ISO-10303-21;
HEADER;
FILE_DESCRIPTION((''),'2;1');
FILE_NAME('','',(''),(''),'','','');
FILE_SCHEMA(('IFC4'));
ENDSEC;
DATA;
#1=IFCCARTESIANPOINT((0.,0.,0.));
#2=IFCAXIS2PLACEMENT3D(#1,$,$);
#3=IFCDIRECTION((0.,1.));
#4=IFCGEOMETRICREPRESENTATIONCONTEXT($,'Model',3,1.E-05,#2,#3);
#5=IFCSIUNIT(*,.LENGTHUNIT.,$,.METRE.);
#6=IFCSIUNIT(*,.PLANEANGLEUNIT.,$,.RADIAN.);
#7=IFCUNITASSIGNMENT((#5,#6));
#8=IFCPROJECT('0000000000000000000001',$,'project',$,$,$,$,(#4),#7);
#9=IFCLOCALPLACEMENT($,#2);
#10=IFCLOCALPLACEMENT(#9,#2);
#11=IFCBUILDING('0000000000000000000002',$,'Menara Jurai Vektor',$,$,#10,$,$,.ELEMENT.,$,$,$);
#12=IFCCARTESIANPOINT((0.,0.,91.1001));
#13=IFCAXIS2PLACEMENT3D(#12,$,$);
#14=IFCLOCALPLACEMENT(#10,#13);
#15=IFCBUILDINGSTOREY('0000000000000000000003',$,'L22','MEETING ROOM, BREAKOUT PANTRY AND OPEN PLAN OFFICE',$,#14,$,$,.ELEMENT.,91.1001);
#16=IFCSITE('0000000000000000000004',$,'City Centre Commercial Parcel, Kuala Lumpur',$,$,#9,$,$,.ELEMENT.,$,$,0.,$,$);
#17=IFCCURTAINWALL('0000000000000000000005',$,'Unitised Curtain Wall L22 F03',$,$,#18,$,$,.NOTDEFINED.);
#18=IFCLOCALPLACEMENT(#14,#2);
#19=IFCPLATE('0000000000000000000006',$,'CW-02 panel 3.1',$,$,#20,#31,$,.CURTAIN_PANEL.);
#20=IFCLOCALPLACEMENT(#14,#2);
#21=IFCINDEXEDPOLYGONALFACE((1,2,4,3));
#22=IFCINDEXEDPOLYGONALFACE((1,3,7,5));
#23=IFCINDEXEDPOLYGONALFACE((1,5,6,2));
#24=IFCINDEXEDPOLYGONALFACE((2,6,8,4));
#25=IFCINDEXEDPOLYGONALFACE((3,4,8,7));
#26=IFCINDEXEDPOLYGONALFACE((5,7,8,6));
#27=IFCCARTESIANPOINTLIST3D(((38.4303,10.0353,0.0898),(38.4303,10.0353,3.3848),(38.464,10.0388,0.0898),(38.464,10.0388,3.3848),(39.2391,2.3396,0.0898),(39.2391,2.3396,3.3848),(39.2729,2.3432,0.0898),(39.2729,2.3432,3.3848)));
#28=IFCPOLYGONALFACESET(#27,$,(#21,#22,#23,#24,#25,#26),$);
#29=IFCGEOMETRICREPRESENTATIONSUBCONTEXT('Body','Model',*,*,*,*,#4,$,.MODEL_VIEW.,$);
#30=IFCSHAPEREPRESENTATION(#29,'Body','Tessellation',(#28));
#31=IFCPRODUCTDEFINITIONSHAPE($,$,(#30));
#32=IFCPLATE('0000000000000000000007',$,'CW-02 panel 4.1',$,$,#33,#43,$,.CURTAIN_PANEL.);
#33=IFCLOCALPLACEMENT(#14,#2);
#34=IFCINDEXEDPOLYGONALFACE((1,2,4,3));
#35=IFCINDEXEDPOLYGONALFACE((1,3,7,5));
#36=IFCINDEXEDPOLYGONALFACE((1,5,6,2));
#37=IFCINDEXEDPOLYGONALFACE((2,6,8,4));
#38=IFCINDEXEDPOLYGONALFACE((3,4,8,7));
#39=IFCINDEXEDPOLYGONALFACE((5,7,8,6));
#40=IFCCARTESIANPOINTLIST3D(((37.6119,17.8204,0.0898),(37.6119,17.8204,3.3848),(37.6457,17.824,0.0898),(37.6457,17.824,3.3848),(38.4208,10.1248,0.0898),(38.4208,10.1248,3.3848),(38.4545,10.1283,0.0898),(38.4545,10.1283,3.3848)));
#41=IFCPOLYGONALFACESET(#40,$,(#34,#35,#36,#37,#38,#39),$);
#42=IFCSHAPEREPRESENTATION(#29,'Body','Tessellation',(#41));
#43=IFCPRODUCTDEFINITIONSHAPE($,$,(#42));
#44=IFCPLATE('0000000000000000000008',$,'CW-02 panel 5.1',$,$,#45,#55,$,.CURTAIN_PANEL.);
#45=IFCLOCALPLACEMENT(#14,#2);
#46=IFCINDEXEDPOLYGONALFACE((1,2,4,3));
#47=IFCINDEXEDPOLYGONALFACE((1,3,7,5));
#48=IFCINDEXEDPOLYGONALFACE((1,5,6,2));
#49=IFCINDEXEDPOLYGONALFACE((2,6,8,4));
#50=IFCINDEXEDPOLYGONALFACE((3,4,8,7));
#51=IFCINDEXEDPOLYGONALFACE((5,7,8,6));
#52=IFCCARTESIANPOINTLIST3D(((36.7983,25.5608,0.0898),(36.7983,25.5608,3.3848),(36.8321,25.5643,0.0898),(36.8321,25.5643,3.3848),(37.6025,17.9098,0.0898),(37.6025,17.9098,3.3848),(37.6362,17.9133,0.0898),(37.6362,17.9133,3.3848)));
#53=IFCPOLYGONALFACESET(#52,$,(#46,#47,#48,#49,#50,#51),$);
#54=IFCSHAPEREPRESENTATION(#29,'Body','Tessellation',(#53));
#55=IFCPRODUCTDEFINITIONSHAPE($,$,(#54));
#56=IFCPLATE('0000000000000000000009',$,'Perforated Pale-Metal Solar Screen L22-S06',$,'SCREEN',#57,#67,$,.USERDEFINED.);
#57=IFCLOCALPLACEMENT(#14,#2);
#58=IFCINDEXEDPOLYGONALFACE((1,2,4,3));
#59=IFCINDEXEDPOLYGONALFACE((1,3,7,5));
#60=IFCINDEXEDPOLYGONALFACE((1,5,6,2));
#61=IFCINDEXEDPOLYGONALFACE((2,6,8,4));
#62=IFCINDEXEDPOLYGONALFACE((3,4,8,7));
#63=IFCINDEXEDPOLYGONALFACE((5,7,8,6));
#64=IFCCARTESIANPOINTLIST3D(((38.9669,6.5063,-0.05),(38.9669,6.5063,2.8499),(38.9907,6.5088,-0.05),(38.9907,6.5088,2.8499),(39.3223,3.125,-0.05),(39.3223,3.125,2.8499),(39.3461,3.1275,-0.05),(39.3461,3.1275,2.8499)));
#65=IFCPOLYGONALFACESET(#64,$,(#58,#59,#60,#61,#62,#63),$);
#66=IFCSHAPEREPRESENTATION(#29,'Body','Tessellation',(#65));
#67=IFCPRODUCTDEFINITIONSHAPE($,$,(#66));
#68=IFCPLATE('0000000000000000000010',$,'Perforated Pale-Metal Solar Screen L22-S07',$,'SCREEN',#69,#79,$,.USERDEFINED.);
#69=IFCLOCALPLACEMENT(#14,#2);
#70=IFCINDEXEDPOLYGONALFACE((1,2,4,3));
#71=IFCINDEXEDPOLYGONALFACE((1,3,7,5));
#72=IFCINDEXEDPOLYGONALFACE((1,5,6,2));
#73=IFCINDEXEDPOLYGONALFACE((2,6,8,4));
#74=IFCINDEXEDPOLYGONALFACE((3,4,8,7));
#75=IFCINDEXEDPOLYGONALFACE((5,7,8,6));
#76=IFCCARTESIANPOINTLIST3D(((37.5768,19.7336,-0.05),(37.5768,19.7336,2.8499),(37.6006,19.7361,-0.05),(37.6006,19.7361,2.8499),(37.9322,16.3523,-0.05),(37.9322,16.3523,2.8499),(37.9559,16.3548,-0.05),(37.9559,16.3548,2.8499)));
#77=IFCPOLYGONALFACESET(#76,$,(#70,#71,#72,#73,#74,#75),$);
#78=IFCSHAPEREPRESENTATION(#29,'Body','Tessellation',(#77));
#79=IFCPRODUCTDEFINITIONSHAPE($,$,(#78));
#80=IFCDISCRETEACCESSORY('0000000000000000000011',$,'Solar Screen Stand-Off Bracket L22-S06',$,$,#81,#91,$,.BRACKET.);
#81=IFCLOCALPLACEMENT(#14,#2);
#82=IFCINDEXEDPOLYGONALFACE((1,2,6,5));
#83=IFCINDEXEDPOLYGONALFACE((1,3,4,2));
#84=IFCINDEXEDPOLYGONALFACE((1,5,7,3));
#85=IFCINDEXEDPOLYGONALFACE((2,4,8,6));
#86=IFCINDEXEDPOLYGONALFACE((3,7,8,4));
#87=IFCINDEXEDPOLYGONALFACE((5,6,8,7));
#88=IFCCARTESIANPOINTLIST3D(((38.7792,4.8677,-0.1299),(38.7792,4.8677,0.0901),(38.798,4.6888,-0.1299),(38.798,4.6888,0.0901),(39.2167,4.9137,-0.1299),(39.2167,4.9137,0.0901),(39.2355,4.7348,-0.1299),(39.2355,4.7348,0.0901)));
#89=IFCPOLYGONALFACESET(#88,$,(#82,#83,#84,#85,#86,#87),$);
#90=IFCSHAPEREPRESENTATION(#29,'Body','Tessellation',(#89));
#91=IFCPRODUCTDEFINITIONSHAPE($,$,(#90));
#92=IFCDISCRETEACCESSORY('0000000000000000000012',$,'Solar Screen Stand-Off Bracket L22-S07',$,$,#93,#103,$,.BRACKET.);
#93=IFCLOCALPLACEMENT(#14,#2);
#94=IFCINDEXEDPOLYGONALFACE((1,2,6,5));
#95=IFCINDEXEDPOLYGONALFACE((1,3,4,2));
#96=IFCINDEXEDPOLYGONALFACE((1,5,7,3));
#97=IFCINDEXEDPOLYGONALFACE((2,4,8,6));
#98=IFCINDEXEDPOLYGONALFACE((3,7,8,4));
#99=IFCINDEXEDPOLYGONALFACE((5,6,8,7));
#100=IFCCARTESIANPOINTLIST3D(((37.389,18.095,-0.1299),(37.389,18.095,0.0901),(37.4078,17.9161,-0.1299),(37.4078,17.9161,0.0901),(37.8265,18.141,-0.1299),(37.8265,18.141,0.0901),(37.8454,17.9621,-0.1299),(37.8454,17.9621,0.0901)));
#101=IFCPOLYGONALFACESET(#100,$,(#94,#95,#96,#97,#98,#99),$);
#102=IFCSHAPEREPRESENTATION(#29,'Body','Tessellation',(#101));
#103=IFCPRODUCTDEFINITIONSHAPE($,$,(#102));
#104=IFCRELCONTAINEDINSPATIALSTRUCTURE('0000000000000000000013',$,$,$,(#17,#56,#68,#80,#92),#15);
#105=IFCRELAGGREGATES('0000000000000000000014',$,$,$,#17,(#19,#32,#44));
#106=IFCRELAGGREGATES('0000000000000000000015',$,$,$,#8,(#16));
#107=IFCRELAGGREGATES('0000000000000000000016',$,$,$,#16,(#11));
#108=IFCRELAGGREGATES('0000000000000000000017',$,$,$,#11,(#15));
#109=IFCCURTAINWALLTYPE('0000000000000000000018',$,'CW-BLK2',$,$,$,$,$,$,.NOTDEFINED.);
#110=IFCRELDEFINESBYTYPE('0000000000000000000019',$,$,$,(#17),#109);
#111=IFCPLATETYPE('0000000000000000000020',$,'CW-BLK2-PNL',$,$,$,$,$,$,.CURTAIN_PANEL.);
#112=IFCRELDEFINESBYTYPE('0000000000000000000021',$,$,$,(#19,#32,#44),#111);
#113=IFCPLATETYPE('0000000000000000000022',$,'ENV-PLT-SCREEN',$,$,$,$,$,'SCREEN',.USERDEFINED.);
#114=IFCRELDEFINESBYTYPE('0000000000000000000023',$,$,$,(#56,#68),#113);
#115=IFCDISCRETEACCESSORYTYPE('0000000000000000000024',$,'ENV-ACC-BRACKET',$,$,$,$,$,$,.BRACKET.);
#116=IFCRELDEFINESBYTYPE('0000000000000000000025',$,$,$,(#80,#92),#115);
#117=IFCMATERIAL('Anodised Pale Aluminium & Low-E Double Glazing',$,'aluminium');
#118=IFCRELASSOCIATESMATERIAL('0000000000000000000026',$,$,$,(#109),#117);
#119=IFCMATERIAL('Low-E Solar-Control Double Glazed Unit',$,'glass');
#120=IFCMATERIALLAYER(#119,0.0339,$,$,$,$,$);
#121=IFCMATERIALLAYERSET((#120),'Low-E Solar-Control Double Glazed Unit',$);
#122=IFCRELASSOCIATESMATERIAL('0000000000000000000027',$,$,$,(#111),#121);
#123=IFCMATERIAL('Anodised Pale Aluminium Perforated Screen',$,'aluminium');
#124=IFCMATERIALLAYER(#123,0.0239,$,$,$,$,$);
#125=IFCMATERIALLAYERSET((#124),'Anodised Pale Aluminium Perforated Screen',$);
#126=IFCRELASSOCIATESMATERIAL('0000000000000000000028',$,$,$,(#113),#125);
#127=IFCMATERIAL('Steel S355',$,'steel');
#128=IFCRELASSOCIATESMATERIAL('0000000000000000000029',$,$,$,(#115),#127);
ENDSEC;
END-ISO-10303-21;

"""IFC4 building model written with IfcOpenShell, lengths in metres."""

from ifc_helpers import new_model, si_unit, direction, frame, origin, origin_2d, place, context, subcontext, project, spatial, rectangle, extrude, material, layer, layer_set, type_object, element, aggregate, save


model = new_model("IFC4")

# Units and contexts
model_context = context("Model", 3, precision=1e-05, world=origin(), true_north=direction((0.0, 1.0)))
body_context = subcontext(model_context, "Body", "Model", "MODEL_VIEW")
ifc_project = project(units=[si_unit("LENGTHUNIT", "METRE"), si_unit("PLANEANGLEUNIT", "RADIAN")], contexts=[model_context])

# Site, building, storey
site_placement = place(None, origin())
site = spatial("IfcSite", under=ifc_project, at=site_placement, Name="City Centre Commercial Parcel, Kuala Lumpur", CompositionType="ELEMENT", RefElevation=0.0)
building_placement = place(site_placement, origin())
building = spatial("IfcBuilding", under=site, at=building_placement, Name="Menara Jurai Vektor", CompositionType="ELEMENT")
storey_placement = place(building_placement, frame((0.0, 0.0, 91.1001)))
storey = spatial("IfcBuildingStorey", under=building, at=storey_placement, Name="L22", Description="MEETING ROOM, BREAKOUT PANTRY AND OPEN PLAN OFFICE", CompositionType="ELEMENT", Elevation=91.1001)

# Curtain wall
ifc_material_1 = material(Name="Anodised Pale Aluminium & Low-E Double Glazing", Category="aluminium")
curtain_wall_type = type_object("IfcCurtainWallType", Name="CW-BLK2", PredefinedType="NOTDEFINED", material=ifc_material_1)
curtain_wall_placement = place(storey_placement, origin())
curtain_wall = element("IfcCurtainWall", 1, at=curtain_wall_placement, inside=storey, type_object=curtain_wall_type, Name="Unitised Curtain Wall L22 F03", PredefinedType="NOTDEFINED")

# Shared definitions
ifc_material_2 = material(Name="Steel S355", Category="steel")

# Plates
ifc_material_3 = material(Name="Low-E Solar-Control Double Glazed Unit", Category="glass")
ifc_layer_1 = layer(ifc_material_3, 0.0339)
ifc_layer_set_1 = layer_set([ifc_layer_1], Name="Low-E Solar-Control Double Glazed Unit")
plate_type_1 = type_object("IfcPlateType", Name="CW-BLK2-PNL", PredefinedType="CURTAIN_PANEL", material=ifc_layer_set_1)
plate_1_placement = place(storey_placement, frame((38.8516, 6.1892, 0.0898), z_axis=(0.0, 0.0, 1.0), x_axis=(-0.10453, 0.994522, 0.0)))
plate_1 = element("IfcPlate", 2, at=plate_1_placement, type_object=plate_type_1, Name="CW-02 panel 3.1", PredefinedType="CURTAIN_PANEL", context=body_context, shape_type="SweptSolid", body=[
    extrude(rectangle(XDim=7.738, YDim=0.0339, at=origin_2d()), origin(), (0.0, 0.0, 1.0), 3.2949),
])
plate_2_placement = place(storey_placement, frame((38.0332, 13.9744, 0.0898), z_axis=(0.0, 0.0, 1.0), x_axis=(-0.10453, 0.994522, 0.0)))
plate_2 = element("IfcPlate", 3, at=plate_2_placement, type_object=plate_type_1, Name="CW-02 panel 4.1", PredefinedType="CURTAIN_PANEL", context=body_context, shape_type="SweptSolid", body=[
    extrude(rectangle(XDim=7.738, YDim=0.0339, at=origin_2d()), origin(), (0.0, 0.0, 1.0), 3.2949),
])
plate_3_placement = place(storey_placement, frame((37.2173, 21.7371, 0.0898), z_axis=(0.0, 0.0, 1.0), x_axis=(-0.10453, 0.994522, 0.0)))
plate_3 = element("IfcPlate", 4, at=plate_3_placement, type_object=plate_type_1, Name="CW-02 panel 5.1", PredefinedType="CURTAIN_PANEL", context=body_context, shape_type="SweptSolid", body=[
    extrude(rectangle(XDim=7.6931, YDim=0.0339, at=origin_2d()), origin(), (0.0, 0.0, 1.0), 3.2949),
])
aggregate(curtain_wall, [plate_1, plate_2, plate_3])

# Plates
ifc_material_4 = material(Name="Anodised Pale Aluminium Perforated Screen", Category="aluminium")
ifc_layer_2 = layer(ifc_material_4, 0.0239)
ifc_layer_set_2 = layer_set([ifc_layer_2], Name="Anodised Pale Aluminium Perforated Screen")
plate_type_2 = type_object("IfcPlateType", Name="ENV-PLT-SCREEN", ElementType="SCREEN", PredefinedType="USERDEFINED", material=ifc_layer_set_2)
for number, where, z_axis, x_axis, name in (
    (5, (39.1565, 4.8169, -0.05), (0.0, 0.0, 1.0), (-0.104528, 0.994522, 0.0), "Perforated Pale-Metal Solar Screen L22-S06"),
    (6, (37.7664, 18.0442, -0.05), (0.0, 0.0, 1.0), (-0.104528, 0.994522, 0.0), "Perforated Pale-Metal Solar Screen L22-S07"),
):
    element("IfcPlate", number, at=place(storey_placement, frame(where, z_axis=z_axis, x_axis=x_axis)), inside=storey, type_object=plate_type_2, Name=name, ObjectType="SCREEN", PredefinedType="USERDEFINED", context=body_context, shape_type="SweptSolid", body=[
        extrude(rectangle(XDim=3.3999, YDim=0.0239, at=origin_2d()), origin(), (0.0, 0.0, 1.0), 2.8999),
    ])

# Discrete accessories
discrete_accessory_type = type_object("IfcDiscreteAccessoryType", Name="ENV-ACC-BRACKET", PredefinedType="BRACKET", material=ifc_material_2)
for number, where, z_axis, x_axis, name in (
    (7, (39.0073, 4.8013, -0.1299), (0.0, 0.0, 1.0), (-0.104528, 0.994522, 0.0), "Solar Screen Stand-Off Bracket L22-S06"),
    (8, (37.6172, 18.0286, -0.1299), (0.0, 0.0, 1.0), (-0.104528, 0.994522, 0.0), "Solar Screen Stand-Off Bracket L22-S07"),
):
    element("IfcDiscreteAccessory", number, at=place(storey_placement, frame(where, z_axis=z_axis, x_axis=x_axis)), inside=storey, type_object=discrete_accessory_type, Name=name, PredefinedType="BRACKET", context=body_context, shape_type="SweptSolid", body=[
        extrude(rectangle(XDim=0.1799, YDim=0.4399, at=origin_2d()), origin(), (0.0, 0.0, 1.0), 0.22),
    ])

save(model, "model.ifc")
